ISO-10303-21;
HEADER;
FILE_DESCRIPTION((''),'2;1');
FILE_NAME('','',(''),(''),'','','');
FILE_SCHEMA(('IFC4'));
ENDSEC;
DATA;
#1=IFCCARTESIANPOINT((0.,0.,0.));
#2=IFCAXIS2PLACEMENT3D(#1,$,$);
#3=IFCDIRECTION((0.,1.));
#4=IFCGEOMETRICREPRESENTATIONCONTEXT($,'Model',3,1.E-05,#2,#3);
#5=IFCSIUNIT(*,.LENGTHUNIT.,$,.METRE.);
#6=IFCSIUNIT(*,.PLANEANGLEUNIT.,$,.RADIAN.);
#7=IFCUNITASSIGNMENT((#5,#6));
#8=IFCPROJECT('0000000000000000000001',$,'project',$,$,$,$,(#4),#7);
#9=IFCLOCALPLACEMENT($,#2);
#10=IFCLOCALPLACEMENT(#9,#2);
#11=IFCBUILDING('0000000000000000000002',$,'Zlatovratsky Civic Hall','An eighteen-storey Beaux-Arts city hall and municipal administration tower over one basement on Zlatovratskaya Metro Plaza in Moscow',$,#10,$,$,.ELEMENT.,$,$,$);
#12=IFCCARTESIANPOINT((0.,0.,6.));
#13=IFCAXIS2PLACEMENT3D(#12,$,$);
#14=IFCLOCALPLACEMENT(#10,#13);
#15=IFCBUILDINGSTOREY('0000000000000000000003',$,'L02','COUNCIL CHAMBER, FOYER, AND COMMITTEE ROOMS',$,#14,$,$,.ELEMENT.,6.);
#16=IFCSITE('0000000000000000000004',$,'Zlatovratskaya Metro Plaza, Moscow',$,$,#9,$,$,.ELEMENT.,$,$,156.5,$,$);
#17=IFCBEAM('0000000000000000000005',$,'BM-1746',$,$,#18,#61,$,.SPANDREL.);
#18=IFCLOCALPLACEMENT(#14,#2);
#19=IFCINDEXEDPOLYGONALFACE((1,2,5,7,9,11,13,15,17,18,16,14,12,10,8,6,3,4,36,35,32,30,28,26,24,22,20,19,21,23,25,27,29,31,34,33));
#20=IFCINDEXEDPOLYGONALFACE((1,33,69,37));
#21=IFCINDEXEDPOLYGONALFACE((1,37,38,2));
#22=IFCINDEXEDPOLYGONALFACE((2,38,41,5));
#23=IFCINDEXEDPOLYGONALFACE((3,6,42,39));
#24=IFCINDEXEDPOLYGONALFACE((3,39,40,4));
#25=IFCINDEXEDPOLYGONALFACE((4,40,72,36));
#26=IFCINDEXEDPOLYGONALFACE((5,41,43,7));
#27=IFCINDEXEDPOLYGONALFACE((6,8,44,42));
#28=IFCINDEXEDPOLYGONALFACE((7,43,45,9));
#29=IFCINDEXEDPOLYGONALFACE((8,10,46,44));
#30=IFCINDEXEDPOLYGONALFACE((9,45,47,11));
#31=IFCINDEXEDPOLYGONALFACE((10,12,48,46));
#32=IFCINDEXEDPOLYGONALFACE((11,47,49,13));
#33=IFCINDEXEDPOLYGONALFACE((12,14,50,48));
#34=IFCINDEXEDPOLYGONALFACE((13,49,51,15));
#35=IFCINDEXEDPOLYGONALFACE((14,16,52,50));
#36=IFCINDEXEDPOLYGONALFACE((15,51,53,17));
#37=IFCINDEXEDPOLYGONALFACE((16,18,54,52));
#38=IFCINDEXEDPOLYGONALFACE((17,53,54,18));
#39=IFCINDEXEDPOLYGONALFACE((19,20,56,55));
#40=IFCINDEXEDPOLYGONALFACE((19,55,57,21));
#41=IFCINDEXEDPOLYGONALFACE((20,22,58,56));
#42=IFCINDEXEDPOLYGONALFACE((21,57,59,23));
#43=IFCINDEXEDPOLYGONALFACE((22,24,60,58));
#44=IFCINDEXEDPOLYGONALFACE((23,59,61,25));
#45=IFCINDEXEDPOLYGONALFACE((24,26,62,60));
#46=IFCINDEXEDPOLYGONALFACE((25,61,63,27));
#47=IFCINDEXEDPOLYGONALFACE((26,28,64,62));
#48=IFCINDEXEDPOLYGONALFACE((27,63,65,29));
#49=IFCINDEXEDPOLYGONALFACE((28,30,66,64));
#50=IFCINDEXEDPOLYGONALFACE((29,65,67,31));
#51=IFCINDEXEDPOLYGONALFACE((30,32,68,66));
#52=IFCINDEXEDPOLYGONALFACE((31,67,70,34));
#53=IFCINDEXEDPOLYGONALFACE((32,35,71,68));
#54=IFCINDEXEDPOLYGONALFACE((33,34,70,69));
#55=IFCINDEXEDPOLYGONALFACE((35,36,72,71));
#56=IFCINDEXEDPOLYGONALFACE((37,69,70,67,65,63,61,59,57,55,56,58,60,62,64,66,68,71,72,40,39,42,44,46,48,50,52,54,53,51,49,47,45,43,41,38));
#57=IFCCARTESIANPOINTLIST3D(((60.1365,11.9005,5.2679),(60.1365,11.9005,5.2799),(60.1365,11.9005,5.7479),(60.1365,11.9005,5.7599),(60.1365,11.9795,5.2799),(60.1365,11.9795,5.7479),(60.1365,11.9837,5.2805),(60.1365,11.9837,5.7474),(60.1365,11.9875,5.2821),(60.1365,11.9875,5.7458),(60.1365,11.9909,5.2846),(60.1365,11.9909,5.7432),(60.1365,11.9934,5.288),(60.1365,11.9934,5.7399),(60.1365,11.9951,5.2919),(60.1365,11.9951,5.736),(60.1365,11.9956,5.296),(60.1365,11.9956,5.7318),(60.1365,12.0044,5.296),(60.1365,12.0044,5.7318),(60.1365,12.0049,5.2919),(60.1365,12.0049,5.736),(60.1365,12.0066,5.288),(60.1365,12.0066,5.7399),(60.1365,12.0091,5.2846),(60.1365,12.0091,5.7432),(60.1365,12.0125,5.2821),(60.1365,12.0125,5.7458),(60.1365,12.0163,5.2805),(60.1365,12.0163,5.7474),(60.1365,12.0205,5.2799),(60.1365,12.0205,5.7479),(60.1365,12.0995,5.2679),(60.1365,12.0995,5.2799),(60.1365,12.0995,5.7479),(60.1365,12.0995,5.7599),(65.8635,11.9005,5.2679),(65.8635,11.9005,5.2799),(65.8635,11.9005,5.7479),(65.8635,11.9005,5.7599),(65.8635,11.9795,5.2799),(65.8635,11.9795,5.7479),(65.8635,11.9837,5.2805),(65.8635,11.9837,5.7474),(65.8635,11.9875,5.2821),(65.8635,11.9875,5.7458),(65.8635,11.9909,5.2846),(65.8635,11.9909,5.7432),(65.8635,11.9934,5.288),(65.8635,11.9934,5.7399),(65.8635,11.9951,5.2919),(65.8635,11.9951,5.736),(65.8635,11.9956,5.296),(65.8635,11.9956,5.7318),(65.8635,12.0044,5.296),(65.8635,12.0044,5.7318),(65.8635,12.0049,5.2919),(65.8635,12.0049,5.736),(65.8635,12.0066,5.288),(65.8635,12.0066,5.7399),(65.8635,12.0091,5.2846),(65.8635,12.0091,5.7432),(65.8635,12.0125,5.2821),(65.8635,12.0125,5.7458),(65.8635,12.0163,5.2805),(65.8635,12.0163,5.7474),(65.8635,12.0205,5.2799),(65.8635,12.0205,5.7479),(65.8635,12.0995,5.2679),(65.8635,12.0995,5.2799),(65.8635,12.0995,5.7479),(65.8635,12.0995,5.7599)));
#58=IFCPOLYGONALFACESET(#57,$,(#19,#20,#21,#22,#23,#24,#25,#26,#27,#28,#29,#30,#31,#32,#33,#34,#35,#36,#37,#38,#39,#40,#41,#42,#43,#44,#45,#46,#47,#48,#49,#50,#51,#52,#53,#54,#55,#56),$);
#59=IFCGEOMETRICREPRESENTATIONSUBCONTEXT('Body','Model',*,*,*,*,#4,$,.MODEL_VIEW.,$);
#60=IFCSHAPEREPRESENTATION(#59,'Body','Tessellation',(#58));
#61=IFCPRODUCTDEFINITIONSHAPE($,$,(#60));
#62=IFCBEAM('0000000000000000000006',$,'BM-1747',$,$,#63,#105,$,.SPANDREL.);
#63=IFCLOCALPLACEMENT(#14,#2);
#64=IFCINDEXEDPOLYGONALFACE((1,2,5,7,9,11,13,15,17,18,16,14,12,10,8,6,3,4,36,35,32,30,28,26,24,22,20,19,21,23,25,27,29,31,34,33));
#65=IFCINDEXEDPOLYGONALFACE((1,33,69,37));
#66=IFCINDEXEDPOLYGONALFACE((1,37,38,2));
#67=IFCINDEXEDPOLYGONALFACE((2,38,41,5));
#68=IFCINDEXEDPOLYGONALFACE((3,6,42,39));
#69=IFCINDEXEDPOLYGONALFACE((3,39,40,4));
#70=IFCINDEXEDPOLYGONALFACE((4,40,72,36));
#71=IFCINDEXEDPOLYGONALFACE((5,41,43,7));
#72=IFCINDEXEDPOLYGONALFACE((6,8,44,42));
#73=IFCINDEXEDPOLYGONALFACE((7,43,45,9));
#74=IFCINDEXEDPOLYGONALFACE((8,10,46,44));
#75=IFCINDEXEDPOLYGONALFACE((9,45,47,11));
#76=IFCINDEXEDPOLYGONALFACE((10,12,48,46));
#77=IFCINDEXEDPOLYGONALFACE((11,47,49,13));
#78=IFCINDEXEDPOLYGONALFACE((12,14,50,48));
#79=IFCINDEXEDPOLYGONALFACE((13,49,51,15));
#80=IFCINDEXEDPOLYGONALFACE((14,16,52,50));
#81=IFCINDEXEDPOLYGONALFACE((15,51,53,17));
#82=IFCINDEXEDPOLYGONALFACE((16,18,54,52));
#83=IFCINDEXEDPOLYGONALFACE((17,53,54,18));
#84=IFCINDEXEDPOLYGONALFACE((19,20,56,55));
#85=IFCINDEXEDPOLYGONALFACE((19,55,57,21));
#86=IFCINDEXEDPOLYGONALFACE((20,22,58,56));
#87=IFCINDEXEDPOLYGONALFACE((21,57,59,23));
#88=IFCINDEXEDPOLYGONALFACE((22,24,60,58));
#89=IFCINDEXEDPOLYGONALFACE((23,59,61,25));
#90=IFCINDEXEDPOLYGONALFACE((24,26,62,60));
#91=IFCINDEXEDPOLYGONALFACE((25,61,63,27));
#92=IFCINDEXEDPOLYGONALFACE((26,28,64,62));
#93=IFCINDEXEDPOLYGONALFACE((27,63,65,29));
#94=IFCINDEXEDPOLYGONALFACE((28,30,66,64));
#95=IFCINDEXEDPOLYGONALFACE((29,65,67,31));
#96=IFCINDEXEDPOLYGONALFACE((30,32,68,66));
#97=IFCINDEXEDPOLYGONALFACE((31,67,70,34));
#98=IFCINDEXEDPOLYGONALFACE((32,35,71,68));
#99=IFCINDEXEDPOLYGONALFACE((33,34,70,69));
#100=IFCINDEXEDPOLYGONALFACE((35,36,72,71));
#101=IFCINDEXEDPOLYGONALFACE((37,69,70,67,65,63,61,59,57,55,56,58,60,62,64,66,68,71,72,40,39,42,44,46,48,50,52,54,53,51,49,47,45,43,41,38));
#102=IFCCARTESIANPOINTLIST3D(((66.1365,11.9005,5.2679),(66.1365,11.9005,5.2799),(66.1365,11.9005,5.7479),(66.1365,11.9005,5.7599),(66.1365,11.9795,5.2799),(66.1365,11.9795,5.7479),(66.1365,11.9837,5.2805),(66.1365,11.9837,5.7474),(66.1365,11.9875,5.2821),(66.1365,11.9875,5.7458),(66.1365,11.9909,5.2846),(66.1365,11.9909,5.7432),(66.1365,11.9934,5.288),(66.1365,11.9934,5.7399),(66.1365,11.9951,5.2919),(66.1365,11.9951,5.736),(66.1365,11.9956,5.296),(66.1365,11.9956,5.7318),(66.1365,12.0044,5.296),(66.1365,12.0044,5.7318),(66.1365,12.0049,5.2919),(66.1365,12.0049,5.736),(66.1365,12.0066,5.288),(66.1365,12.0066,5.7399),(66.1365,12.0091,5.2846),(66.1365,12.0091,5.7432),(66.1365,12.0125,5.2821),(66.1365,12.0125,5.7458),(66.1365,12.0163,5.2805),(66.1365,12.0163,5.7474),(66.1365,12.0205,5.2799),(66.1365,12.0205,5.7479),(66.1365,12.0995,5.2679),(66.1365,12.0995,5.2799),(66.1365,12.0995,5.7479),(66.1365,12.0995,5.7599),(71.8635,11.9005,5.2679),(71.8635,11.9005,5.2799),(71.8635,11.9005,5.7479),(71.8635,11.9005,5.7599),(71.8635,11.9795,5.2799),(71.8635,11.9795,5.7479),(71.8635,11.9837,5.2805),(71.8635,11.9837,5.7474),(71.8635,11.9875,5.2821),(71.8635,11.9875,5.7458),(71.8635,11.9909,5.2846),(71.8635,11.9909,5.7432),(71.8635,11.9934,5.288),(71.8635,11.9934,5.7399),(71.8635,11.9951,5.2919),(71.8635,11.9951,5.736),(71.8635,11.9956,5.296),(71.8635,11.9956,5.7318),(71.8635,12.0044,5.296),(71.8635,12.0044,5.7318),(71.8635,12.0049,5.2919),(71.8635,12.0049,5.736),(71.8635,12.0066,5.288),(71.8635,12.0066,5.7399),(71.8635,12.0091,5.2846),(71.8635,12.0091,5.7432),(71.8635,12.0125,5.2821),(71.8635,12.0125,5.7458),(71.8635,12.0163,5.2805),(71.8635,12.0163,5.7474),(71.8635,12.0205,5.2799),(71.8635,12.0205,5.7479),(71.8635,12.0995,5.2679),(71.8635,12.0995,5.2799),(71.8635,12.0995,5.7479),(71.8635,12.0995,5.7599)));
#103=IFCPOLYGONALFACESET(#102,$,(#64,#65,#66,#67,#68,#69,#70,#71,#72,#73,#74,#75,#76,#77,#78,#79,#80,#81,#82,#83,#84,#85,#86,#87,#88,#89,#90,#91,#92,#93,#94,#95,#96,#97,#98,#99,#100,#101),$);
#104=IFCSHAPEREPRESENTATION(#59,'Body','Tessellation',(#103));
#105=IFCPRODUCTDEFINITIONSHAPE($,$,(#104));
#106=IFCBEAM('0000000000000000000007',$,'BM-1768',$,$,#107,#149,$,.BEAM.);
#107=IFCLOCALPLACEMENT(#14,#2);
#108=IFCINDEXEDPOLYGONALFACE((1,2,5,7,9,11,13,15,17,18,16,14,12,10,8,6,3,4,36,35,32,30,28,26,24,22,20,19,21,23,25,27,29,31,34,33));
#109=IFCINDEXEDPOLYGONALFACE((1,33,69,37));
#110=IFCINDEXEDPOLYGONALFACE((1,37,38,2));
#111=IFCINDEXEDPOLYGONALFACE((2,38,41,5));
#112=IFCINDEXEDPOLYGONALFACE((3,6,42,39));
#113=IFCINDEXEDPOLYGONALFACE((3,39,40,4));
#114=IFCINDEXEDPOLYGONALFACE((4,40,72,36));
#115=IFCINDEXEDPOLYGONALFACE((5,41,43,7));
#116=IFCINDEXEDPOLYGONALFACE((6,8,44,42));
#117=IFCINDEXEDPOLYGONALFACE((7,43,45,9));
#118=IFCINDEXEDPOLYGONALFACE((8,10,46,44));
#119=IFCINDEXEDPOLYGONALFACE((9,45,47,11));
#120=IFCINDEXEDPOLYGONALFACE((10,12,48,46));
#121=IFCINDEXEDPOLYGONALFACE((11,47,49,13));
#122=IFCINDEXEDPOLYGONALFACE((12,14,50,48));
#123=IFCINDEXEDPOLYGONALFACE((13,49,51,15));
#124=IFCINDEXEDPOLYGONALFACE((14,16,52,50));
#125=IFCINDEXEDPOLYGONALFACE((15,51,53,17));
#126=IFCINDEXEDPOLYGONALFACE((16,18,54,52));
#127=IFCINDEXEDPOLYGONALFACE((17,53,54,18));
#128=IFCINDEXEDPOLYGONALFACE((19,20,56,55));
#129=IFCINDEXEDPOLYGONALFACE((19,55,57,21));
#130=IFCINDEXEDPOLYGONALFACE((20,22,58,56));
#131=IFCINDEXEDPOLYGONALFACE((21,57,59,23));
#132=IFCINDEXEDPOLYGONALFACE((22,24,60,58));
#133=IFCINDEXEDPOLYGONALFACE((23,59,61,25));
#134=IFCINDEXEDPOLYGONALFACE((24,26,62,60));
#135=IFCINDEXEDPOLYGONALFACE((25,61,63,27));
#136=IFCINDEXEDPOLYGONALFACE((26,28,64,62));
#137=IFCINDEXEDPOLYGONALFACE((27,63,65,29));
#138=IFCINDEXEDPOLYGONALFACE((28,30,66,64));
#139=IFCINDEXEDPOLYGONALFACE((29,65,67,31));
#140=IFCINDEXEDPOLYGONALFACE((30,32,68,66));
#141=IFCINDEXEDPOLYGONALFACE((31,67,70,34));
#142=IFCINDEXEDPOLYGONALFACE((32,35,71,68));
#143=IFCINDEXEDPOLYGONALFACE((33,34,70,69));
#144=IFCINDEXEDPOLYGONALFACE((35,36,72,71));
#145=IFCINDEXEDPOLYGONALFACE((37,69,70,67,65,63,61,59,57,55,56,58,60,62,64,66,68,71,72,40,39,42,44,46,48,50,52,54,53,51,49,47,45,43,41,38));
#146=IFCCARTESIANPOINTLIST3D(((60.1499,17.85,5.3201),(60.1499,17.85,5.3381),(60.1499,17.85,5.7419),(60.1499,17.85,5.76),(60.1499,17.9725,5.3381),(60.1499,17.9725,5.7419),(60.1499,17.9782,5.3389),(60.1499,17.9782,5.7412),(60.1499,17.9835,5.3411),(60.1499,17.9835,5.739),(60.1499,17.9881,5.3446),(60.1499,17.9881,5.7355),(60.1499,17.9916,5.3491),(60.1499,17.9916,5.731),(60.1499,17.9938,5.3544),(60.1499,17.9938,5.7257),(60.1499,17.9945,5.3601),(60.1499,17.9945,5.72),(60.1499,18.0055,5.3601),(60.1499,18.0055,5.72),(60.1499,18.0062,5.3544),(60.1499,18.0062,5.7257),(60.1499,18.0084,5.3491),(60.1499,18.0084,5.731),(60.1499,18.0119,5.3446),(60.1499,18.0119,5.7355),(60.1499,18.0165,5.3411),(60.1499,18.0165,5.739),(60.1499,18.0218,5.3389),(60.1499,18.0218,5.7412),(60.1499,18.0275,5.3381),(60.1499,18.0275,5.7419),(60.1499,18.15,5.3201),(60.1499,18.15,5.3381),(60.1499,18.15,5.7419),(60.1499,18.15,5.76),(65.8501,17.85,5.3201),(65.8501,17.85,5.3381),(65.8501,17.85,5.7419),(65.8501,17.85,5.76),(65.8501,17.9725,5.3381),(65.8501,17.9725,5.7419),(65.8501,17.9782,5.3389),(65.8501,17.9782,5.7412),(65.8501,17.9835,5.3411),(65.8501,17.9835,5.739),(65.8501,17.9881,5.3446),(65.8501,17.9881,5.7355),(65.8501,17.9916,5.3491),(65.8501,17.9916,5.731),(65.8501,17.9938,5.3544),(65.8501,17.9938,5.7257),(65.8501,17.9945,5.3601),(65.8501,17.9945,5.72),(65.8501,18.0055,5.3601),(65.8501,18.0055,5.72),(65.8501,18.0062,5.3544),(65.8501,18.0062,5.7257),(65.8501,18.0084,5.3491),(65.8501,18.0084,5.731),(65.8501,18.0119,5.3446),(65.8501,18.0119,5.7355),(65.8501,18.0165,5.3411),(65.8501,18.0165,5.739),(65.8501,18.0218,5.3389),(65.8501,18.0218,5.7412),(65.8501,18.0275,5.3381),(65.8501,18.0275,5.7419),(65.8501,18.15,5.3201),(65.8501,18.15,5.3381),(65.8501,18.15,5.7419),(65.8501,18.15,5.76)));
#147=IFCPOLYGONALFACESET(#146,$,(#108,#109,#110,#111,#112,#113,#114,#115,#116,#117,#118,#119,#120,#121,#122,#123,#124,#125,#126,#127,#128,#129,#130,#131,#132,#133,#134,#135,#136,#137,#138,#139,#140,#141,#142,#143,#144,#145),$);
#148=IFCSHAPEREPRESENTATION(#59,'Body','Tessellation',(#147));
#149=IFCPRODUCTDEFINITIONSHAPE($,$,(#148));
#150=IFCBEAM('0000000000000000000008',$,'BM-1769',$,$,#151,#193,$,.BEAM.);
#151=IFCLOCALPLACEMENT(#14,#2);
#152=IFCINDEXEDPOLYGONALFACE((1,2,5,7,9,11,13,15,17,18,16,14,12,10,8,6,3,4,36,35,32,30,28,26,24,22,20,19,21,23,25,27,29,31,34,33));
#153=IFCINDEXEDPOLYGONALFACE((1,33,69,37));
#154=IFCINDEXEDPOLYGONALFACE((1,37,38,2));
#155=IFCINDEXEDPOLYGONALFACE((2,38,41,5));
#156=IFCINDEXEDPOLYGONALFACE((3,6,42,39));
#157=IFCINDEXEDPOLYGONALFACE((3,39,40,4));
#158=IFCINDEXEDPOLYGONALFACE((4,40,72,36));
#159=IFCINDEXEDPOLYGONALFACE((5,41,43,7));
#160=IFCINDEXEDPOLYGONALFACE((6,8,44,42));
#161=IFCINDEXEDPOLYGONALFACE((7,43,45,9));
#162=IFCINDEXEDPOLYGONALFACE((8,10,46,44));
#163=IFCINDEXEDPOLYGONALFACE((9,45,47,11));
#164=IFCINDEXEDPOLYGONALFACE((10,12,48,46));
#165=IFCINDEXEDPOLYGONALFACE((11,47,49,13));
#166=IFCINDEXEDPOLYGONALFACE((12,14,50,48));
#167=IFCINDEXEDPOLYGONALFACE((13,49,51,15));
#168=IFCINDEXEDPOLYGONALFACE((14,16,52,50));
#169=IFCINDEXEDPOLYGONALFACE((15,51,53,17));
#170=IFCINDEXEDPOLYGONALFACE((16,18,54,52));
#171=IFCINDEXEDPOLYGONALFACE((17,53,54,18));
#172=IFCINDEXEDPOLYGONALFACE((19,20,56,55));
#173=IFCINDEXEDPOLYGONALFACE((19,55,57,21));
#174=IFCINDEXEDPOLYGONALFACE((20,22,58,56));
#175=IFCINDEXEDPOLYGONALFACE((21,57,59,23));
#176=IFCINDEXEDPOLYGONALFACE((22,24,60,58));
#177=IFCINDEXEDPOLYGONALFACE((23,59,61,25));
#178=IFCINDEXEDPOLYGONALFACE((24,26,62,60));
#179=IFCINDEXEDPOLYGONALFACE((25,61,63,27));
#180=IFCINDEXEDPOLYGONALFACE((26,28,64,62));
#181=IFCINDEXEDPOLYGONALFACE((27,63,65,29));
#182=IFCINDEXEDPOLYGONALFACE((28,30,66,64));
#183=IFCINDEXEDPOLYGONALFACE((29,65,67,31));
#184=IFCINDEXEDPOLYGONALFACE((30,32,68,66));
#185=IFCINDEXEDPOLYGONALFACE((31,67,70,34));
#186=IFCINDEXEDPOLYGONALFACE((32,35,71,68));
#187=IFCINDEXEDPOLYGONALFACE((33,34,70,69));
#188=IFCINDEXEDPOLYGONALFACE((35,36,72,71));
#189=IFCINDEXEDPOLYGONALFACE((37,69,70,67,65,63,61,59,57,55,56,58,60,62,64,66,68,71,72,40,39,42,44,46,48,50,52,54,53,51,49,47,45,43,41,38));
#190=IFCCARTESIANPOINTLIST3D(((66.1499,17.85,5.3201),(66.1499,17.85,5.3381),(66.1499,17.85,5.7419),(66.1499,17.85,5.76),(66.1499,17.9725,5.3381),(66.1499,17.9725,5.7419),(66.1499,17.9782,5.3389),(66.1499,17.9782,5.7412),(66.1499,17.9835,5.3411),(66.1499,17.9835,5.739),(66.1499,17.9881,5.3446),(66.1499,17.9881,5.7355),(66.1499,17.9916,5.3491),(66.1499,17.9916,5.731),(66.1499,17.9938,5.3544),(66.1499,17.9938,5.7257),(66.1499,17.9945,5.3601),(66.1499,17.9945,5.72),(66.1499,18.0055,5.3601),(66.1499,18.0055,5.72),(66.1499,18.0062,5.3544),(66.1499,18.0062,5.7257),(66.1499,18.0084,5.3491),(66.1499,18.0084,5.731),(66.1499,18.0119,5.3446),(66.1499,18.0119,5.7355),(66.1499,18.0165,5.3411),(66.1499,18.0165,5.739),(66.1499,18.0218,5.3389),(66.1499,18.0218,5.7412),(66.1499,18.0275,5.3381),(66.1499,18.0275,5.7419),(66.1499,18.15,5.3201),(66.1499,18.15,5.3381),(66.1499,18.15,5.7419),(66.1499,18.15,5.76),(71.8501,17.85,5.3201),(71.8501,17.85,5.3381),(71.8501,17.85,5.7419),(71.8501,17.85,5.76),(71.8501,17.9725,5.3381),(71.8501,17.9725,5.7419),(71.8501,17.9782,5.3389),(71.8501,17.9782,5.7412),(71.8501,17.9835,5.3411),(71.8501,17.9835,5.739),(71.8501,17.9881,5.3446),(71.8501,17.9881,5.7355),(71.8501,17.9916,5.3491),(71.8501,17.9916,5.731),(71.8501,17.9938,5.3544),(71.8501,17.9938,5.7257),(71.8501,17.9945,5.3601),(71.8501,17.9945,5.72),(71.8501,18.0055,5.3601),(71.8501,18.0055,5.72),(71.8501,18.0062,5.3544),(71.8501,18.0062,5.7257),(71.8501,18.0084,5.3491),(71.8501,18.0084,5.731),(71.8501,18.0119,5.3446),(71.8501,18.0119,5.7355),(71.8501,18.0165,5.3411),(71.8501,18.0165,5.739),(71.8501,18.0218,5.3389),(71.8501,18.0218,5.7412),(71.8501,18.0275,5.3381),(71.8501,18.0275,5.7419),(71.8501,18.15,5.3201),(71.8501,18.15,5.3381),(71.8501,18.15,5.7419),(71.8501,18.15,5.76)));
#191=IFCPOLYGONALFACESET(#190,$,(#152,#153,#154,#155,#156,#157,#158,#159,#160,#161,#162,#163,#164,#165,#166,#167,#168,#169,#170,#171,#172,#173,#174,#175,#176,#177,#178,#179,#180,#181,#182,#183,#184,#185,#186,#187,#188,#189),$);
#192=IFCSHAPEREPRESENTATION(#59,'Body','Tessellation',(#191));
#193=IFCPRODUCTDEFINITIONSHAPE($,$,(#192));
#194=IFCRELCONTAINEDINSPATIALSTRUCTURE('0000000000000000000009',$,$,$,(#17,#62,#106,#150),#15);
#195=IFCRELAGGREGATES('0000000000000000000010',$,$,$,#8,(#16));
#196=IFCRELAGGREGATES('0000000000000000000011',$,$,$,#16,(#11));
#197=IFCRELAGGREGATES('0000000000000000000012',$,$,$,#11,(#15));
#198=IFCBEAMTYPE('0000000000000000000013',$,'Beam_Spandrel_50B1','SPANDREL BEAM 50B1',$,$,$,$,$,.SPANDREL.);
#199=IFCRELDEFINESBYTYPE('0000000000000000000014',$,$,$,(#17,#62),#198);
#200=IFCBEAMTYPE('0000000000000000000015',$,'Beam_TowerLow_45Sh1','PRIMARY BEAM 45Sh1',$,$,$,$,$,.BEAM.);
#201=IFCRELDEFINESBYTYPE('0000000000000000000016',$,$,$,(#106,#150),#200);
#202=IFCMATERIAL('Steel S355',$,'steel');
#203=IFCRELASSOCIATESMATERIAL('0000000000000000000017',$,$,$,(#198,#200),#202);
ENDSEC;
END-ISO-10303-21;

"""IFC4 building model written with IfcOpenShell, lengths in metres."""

from ifc_helpers import new_model, si_unit, direction, frame, origin, origin_2d, place, context, subcontext, project, spatial, i_section, extrude, material, material_profile, profile_set, type_object, element, save


model = new_model("IFC4")

# Units and contexts
model_context = context("Model", 3, precision=1e-05, world=origin(), true_north=direction((0.0, 1.0)))
body_context = subcontext(model_context, "Body", "Model", "MODEL_VIEW")
ifc_project = project(units=[si_unit("LENGTHUNIT", "METRE"), si_unit("PLANEANGLEUNIT", "RADIAN")], contexts=[model_context])

# Site, building, storey
site_placement = place(None, origin())
site = spatial("IfcSite", under=ifc_project, at=site_placement, Name="Zlatovratskaya Metro Plaza, Moscow", CompositionType="ELEMENT", RefElevation=156.5)
building_placement = place(site_placement, origin())
building = spatial("IfcBuilding", under=site, at=building_placement, Name="Zlatovratsky Civic Hall", Description="An eighteen-storey Beaux-Arts city hall and municipal administration tower over one basement on Zlatovratskaya Metro Plaza in Moscow", CompositionType="ELEMENT")
storey_placement = place(building_placement, frame((0.0, 0.0, 6.0)))
storey = spatial("IfcBuildingStorey", under=building, at=storey_placement, Name="L02", Description="COUNCIL CHAMBER, FOYER, AND COMMITTEE ROOMS", CompositionType="ELEMENT", Elevation=6.0)

# Shared definitions
ifc_material_1 = material(Name="Steel S355", Category="steel")

# Beams
ifc_material_profile_1 = material_profile(ifc_material_1, i_section(OverallWidth=0.199, OverallDepth=0.4919, WebThickness=0.0088, FlangeThickness=0.012, FilletRadius=0.0161, at=origin_2d()), Name="50B1")
ifc_profile_set_1 = profile_set([ifc_material_profile_1], Name="Steel S355")
beam_type_1 = type_object("IfcBeamType", Name="Beam_Spandrel_50B1", Description="SPANDREL BEAM 50B1", PredefinedType="SPANDREL", material=ifc_profile_set_1)
for number, where, z_axis, x_axis, name in (
    (1, (60.1365, 12.0, 5.5139), (1.0, 0.0, 0.0), (0.0, 1.0, 0.0), "BM-1746"),
    (2, (66.1365, 12.0, 5.5139), (1.0, 0.0, 0.0), (0.0, 1.0, 0.0), "BM-1747"),
):
    element("IfcBeam", number, at=place(storey_placement, frame(where, z_axis=z_axis, x_axis=x_axis)), inside=storey, type_object=beam_type_1, Name=name, PredefinedType="SPANDREL", context=body_context, shape_type="SweptSolid", body=[
        extrude(i_section(OverallWidth=0.199, OverallDepth=0.4919, WebThickness=0.0088, FlangeThickness=0.012, FilletRadius=0.0161, at=origin_2d()), origin(), (0.0, 0.0, 1.0), 5.7271),
    ])
ifc_material_profile_2 = material_profile(ifc_material_1, i_section(OverallWidth=0.3, OverallDepth=0.4399, WebThickness=0.011, FlangeThickness=0.0181, FilletRadius=0.022, at=origin_2d()), Name="45Sh1")
ifc_profile_set_2 = profile_set([ifc_material_profile_2], Name="Steel S355")
beam_type_2 = type_object("IfcBeamType", Name="Beam_TowerLow_45Sh1", Description="PRIMARY BEAM 45Sh1", PredefinedType="BEAM", material=ifc_profile_set_2)
for number, where, z_axis, x_axis, name in (
    (3, (60.1499, 18.0, 5.54), (1.0, 0.0, 0.0), (0.0, 1.0, 0.0), "BM-1768"),
    (4, (66.1499, 18.0, 5.54), (1.0, 0.0, 0.0), (0.0, 1.0, 0.0), "BM-1769"),
):
    element("IfcBeam", number, at=place(storey_placement, frame(where, z_axis=z_axis, x_axis=x_axis)), inside=storey, type_object=beam_type_2, Name=name, PredefinedType="BEAM", context=body_context, shape_type="SweptSolid", body=[
        extrude(i_section(OverallWidth=0.3, OverallDepth=0.4399, WebThickness=0.011, FlangeThickness=0.0181, FilletRadius=0.022, at=origin_2d()), origin(), (0.0, 0.0, 1.0), 5.7002),
    ])

save(model, "model.ifc")
